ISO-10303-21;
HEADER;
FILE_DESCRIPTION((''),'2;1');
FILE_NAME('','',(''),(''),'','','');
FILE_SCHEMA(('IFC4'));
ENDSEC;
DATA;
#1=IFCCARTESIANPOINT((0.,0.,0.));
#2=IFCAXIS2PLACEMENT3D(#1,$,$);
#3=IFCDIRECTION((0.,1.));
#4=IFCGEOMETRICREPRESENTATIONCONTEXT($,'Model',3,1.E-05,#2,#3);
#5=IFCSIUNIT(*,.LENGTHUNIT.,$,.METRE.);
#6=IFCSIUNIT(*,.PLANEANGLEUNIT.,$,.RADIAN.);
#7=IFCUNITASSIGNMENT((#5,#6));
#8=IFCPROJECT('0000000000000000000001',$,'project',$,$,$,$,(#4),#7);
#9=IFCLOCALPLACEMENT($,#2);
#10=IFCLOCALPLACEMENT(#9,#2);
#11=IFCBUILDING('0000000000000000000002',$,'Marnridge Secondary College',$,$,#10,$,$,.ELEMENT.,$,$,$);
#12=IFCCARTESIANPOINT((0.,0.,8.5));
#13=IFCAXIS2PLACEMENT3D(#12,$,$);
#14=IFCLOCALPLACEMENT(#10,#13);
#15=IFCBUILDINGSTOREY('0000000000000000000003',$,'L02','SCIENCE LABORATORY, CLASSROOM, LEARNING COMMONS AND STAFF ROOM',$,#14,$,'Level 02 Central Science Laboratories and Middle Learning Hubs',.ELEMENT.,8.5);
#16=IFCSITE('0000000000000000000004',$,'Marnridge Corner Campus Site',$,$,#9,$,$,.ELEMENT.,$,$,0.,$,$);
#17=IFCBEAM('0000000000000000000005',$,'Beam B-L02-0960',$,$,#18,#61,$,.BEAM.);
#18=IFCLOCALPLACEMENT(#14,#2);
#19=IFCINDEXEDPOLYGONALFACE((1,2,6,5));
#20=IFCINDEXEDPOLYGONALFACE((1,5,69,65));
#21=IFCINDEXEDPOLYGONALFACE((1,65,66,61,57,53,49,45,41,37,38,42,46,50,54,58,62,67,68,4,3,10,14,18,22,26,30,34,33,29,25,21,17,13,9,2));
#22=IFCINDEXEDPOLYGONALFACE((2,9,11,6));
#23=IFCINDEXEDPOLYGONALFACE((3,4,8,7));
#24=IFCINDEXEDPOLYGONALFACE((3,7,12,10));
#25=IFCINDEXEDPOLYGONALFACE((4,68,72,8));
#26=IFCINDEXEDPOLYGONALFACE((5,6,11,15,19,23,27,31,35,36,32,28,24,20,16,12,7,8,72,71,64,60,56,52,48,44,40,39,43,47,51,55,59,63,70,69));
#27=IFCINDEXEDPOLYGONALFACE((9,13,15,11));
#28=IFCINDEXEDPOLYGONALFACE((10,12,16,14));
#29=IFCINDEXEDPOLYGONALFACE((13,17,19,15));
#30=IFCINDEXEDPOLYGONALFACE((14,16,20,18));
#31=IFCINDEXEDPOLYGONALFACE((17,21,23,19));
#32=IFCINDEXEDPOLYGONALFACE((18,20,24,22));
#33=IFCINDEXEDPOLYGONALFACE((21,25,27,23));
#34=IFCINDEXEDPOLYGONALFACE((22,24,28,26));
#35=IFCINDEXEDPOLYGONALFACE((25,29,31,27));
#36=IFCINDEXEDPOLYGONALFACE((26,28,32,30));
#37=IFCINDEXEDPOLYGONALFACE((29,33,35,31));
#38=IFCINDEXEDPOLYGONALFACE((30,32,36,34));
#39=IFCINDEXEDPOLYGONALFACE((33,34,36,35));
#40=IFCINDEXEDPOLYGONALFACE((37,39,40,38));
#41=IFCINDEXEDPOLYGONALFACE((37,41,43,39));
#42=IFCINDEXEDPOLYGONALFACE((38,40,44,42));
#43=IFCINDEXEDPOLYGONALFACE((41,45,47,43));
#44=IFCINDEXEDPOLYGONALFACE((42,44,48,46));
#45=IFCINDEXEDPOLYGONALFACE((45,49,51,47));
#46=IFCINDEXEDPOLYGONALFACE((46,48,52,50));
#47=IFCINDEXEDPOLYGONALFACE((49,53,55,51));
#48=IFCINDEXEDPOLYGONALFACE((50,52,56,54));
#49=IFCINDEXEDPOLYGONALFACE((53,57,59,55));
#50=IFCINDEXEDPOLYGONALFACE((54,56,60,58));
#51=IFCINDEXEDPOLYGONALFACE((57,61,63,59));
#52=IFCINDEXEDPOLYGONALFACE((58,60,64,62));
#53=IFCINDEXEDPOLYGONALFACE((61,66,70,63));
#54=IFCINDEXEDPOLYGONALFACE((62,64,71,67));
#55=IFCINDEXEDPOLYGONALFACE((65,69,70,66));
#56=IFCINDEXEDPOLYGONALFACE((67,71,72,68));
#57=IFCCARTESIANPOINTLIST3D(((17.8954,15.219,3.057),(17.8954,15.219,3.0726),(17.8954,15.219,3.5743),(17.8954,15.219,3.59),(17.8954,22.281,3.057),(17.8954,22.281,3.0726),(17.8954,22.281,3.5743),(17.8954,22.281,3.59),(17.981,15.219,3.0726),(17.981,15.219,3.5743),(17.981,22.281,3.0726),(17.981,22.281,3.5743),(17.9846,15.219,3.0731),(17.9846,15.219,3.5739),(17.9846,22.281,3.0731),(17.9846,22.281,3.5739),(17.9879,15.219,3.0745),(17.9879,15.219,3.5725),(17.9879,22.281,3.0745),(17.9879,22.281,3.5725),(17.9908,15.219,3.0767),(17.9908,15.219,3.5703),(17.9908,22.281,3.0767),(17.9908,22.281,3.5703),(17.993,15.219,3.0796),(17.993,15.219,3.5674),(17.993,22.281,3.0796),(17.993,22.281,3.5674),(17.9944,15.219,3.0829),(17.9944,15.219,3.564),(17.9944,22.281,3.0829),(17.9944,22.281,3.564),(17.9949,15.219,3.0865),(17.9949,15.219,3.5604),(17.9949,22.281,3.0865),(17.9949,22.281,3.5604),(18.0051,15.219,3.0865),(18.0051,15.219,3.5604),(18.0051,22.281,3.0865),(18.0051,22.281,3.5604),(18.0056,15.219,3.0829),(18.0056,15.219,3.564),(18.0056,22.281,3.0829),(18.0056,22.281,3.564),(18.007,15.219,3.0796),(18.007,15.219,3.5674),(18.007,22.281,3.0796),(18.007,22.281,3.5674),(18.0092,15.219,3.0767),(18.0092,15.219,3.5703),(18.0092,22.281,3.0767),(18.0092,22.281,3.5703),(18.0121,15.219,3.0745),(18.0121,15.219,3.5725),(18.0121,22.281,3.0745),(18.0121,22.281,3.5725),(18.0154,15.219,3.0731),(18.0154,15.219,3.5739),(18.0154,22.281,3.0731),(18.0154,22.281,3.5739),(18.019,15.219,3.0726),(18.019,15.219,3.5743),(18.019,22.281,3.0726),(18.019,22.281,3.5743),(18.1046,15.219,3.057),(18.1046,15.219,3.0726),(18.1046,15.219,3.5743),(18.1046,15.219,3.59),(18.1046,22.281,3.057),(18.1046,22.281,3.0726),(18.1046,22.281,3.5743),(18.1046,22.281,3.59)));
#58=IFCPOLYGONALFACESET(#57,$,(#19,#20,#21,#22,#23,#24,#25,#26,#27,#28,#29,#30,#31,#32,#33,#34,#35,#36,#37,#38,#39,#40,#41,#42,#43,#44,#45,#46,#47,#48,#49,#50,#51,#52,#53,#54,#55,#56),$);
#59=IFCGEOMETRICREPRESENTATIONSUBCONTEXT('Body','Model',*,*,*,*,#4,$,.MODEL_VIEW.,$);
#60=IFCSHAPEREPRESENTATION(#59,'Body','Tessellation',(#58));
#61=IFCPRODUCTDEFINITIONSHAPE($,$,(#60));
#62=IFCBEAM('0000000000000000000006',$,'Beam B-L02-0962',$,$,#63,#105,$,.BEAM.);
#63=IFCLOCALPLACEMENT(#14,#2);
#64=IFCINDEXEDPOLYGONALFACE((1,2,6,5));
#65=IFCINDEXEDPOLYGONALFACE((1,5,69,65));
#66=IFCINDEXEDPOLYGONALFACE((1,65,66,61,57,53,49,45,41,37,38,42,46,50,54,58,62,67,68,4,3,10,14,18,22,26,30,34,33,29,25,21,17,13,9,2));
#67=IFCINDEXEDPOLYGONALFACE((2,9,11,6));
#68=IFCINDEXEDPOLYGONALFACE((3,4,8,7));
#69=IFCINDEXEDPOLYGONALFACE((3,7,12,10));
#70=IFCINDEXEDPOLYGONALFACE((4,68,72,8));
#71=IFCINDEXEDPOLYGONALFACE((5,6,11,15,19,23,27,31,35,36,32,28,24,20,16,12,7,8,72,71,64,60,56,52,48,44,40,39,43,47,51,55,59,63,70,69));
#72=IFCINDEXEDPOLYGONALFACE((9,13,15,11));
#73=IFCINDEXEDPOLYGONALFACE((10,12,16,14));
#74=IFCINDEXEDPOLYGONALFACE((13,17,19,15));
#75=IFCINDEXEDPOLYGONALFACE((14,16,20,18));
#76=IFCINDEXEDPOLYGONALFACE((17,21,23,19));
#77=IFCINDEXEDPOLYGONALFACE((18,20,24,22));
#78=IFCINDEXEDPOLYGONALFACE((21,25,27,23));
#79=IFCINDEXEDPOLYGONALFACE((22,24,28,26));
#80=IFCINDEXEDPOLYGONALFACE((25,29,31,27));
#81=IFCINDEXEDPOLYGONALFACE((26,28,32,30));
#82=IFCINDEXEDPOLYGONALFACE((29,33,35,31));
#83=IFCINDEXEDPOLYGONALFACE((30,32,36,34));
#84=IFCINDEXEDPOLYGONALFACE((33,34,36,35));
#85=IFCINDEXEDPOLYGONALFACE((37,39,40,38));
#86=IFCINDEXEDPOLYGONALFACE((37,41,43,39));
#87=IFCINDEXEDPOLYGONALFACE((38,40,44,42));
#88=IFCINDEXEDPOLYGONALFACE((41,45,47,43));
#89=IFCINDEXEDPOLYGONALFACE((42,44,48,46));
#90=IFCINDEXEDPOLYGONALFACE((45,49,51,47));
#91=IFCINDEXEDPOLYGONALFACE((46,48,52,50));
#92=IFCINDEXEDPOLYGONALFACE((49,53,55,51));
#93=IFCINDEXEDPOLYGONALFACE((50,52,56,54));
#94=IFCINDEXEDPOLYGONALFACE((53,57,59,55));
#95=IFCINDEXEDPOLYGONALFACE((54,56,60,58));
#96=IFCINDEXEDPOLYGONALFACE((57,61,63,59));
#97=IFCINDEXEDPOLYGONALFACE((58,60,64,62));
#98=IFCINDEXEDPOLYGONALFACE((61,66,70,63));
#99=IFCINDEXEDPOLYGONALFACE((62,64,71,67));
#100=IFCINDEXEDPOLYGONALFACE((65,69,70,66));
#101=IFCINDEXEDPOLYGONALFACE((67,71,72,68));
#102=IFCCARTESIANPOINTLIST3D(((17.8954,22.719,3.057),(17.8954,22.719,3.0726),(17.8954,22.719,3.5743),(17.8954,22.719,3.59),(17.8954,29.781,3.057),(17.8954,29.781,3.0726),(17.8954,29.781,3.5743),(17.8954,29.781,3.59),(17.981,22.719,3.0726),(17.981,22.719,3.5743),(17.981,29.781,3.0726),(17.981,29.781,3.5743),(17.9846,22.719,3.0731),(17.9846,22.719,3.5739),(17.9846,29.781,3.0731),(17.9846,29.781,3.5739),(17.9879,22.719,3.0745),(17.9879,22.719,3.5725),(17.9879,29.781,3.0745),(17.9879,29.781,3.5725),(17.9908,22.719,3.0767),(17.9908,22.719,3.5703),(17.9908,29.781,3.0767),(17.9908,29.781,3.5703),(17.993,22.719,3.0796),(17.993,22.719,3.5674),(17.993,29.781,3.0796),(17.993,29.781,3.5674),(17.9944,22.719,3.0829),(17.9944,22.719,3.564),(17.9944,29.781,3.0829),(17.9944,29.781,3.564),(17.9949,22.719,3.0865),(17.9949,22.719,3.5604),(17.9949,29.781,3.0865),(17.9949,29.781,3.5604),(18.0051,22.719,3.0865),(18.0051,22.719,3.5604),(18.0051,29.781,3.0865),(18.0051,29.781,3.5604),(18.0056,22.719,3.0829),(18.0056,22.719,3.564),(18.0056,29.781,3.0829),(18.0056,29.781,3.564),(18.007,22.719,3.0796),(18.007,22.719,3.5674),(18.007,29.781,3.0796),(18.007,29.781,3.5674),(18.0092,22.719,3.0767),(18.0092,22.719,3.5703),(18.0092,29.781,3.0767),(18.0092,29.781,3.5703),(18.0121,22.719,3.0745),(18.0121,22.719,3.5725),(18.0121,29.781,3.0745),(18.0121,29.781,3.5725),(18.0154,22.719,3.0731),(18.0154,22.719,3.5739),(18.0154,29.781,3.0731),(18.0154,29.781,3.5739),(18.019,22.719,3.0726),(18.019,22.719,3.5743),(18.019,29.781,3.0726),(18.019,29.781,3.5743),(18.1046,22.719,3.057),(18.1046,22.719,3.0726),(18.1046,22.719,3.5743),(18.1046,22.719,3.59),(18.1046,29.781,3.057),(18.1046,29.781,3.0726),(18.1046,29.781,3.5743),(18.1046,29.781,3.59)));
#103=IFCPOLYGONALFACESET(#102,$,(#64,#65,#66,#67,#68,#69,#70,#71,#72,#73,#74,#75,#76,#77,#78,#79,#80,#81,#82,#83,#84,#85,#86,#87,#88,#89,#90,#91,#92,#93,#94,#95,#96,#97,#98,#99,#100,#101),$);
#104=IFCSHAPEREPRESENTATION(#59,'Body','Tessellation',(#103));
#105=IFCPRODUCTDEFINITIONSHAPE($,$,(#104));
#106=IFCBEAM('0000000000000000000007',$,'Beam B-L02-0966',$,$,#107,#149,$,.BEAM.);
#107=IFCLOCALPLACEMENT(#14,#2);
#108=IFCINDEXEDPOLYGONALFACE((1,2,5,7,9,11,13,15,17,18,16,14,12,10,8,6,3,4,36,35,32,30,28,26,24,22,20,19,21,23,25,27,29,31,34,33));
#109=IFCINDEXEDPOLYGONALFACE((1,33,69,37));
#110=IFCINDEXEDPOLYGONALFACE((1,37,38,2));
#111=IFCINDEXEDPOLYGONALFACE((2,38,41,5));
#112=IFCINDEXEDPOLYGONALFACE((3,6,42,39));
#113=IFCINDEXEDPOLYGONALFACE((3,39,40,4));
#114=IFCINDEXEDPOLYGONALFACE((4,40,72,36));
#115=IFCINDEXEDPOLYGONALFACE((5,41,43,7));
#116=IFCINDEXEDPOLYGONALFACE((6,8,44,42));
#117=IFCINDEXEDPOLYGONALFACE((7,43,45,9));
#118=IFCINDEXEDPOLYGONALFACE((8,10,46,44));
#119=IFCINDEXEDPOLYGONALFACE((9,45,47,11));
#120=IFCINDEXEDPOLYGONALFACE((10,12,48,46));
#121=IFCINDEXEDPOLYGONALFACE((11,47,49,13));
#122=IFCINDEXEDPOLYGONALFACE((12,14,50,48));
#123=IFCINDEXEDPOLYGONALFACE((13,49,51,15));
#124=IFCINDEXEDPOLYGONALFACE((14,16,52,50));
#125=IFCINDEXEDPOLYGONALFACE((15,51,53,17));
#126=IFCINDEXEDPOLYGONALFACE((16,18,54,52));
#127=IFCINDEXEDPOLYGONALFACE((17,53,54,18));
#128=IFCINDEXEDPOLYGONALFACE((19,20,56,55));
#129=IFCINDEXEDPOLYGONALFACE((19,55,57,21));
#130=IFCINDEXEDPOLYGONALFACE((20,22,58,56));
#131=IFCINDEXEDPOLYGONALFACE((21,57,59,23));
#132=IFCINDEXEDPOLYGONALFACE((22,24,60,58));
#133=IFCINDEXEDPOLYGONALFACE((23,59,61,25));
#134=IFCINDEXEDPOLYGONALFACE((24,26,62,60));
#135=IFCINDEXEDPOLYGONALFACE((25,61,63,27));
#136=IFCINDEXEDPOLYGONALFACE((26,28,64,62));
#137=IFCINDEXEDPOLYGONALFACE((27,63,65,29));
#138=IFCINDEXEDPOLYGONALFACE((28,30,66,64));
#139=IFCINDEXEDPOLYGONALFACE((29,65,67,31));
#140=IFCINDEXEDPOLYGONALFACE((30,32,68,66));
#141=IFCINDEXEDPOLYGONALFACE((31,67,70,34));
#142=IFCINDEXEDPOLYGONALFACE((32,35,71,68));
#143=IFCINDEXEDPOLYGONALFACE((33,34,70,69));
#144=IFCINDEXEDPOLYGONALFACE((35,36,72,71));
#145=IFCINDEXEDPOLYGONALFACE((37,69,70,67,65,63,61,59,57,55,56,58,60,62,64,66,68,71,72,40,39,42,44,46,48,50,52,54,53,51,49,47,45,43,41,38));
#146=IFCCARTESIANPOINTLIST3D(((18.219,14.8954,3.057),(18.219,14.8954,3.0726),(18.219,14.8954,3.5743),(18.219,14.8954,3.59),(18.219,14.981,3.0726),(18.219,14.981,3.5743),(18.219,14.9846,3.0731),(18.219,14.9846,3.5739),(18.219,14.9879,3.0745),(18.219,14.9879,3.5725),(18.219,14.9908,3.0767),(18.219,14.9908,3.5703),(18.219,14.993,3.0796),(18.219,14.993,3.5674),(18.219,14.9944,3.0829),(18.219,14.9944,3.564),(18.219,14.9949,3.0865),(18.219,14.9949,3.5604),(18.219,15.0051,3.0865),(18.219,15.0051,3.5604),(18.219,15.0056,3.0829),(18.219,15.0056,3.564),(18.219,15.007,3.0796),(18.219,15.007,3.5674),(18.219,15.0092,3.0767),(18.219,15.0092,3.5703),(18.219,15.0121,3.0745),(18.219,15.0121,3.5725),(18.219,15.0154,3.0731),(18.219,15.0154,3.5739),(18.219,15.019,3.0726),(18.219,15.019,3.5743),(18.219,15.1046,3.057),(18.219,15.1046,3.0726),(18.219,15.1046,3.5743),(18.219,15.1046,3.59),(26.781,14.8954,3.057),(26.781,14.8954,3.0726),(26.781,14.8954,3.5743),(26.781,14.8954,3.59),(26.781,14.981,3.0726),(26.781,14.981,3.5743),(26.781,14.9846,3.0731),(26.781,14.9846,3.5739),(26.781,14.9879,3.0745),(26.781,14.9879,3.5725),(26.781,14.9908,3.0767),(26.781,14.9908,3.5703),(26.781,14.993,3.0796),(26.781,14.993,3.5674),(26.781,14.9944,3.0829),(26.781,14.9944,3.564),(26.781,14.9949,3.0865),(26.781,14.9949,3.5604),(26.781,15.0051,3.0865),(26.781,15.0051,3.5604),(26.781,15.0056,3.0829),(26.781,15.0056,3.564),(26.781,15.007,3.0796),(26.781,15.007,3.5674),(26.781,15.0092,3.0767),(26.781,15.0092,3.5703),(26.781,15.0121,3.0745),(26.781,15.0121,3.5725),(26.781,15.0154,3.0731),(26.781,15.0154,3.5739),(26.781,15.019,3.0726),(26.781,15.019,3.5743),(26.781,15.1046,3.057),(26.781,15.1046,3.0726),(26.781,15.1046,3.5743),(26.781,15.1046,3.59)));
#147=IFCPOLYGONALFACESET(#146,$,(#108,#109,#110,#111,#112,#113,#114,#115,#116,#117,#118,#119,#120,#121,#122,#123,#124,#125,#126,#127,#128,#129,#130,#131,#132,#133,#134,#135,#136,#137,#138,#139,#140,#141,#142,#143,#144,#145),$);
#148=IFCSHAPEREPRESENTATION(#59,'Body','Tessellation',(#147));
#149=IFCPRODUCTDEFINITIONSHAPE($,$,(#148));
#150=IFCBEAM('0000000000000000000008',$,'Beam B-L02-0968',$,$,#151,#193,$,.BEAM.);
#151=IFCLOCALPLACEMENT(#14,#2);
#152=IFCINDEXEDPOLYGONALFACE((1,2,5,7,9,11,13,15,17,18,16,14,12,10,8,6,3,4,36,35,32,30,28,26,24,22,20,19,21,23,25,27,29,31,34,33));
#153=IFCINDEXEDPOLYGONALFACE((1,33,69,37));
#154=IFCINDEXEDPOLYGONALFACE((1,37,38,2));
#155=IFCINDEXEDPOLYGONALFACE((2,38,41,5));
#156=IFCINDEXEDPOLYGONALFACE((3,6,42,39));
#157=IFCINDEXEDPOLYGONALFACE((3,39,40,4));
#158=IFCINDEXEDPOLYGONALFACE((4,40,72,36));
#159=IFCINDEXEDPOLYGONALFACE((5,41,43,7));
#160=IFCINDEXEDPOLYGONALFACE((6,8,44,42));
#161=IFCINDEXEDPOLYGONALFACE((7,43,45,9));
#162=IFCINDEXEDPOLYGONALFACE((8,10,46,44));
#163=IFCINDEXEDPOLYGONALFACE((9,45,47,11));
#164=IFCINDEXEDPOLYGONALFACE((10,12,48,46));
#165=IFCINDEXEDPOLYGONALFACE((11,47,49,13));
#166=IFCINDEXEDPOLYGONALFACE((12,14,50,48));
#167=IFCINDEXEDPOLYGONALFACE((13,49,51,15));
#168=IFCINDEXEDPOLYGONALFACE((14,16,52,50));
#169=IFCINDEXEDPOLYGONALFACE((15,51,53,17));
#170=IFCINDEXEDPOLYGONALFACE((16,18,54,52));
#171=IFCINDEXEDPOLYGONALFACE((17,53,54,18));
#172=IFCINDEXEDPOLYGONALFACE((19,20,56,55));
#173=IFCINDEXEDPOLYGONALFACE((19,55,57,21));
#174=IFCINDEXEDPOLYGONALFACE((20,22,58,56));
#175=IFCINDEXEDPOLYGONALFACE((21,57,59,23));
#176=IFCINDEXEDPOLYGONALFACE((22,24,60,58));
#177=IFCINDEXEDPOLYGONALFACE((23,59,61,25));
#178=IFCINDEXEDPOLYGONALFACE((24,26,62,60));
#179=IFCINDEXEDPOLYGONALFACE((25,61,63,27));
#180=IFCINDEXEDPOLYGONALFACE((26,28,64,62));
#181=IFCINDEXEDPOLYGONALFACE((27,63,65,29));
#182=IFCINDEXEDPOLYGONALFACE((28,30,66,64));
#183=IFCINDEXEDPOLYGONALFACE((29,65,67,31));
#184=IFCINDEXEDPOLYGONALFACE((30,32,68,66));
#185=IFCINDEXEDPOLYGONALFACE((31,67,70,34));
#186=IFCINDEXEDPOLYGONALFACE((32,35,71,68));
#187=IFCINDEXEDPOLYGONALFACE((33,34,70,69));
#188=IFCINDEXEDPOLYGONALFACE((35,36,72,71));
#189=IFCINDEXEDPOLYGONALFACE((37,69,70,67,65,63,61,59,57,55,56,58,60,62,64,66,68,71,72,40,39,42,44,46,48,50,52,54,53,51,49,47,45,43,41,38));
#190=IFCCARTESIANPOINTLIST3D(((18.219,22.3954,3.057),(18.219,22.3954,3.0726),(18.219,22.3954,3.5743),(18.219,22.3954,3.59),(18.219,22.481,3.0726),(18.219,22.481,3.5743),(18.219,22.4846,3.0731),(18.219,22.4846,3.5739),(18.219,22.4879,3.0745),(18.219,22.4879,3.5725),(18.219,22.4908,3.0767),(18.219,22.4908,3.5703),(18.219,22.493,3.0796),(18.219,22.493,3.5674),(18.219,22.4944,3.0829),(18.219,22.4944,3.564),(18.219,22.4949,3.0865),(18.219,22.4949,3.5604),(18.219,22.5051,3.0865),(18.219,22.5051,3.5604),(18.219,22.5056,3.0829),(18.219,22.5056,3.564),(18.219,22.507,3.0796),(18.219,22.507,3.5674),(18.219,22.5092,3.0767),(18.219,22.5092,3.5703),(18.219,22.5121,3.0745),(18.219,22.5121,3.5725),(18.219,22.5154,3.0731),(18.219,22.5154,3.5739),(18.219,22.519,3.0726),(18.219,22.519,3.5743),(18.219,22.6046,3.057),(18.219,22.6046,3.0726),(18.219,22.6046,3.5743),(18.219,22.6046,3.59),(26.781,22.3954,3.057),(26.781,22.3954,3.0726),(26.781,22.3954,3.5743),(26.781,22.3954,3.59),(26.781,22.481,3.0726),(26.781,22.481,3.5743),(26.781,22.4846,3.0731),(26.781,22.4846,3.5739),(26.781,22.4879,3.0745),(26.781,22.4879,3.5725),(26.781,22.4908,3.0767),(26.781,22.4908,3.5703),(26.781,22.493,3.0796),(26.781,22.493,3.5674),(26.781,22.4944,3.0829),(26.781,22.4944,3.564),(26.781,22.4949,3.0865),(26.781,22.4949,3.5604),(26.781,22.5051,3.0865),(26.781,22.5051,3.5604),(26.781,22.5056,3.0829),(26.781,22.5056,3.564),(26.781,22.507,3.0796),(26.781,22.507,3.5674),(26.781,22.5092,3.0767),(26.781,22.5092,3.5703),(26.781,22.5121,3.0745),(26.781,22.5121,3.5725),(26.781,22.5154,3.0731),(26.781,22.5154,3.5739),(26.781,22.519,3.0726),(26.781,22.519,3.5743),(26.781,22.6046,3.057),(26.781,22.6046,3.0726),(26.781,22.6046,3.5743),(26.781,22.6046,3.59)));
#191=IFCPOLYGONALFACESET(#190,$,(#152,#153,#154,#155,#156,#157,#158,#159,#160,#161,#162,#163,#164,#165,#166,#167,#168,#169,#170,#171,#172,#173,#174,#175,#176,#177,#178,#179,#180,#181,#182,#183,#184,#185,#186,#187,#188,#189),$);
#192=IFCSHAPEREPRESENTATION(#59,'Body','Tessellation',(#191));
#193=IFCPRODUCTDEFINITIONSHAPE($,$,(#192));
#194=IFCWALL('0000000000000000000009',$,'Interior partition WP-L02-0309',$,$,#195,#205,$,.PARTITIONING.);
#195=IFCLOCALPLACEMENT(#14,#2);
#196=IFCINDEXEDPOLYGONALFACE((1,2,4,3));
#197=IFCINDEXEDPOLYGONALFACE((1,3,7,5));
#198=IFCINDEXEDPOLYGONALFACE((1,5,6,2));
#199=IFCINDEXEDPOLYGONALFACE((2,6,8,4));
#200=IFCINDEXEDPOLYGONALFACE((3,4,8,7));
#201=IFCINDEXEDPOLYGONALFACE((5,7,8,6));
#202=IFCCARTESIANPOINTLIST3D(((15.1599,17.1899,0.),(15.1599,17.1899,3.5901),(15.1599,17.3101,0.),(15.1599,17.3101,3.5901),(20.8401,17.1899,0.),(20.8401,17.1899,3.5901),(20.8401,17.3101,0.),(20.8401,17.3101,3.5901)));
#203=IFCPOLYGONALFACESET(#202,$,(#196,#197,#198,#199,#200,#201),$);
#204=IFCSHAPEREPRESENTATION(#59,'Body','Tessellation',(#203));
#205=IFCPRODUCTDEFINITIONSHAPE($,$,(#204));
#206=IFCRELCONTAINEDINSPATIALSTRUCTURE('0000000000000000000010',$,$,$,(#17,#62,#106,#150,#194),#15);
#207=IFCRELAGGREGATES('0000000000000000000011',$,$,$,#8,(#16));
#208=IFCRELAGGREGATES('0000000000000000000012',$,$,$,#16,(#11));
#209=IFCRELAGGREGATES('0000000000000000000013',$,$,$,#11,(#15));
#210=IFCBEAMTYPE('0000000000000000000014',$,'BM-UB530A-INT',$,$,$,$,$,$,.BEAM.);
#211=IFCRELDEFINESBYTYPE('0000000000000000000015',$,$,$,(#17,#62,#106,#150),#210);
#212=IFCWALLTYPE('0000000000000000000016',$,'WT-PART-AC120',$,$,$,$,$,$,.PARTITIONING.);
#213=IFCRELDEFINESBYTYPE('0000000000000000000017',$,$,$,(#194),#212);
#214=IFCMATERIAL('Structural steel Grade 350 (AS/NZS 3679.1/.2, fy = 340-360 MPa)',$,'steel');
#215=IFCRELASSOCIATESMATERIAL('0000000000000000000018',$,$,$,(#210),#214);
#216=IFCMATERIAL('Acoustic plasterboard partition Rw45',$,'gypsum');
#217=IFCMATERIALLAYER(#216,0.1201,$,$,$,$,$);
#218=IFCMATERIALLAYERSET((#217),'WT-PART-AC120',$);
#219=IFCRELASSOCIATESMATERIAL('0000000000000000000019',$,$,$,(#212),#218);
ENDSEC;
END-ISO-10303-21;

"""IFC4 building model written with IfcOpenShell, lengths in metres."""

from ifc_helpers import new_model, si_unit, direction, frame, frame_2d, origin, origin_2d, place, context, subcontext, project, spatial, rectangle, i_section, extrude, material, layer, layer_set, material_profile, profile_set, type_object, element, save


model = new_model("IFC4")

# Units and contexts
model_context = context("Model", 3, precision=1e-05, world=origin(), true_north=direction((0.0, 1.0)))
body_context = subcontext(model_context, "Body", "Model", "MODEL_VIEW")
ifc_project = project(units=[si_unit("LENGTHUNIT", "METRE"), si_unit("PLANEANGLEUNIT", "RADIAN")], contexts=[model_context])

# Site, building, storey
site_placement = place(None, origin())
site = spatial("IfcSite", under=ifc_project, at=site_placement, Name="Marnridge Corner Campus Site", CompositionType="ELEMENT", RefElevation=0.0)
building_placement = place(site_placement, origin())
building = spatial("IfcBuilding", under=site, at=building_placement, Name="Marnridge Secondary College", CompositionType="ELEMENT")
storey_placement = place(building_placement, frame((0.0, 0.0, 8.5)))
storey = spatial("IfcBuildingStorey", under=building, at=storey_placement, Name="L02", Description="SCIENCE LABORATORY, CLASSROOM, LEARNING COMMONS AND STAFF ROOM", LongName="Level 02 Central Science Laboratories and Middle Learning Hubs", CompositionType="ELEMENT", Elevation=8.5)

# Beams
ifc_material_1 = material(Name="Structural steel Grade 350 (AS/NZS 3679.1/.2, fy = 340-360 MPa)", Category="steel")
ifc_material_profile_1 = material_profile(ifc_material_1, i_section(OverallWidth=0.2092, OverallDepth=0.533, WebThickness=0.0103, FlangeThickness=0.0156, FilletRadius=0.0139, at=origin_2d()), Name="530UB92.4")
ifc_profile_set_1 = profile_set([ifc_material_profile_1], Name="Structural steel Grade 350 (AS/NZS 3679.1/.2, fy = 340-360 MPa)")
beam_type_1 = type_object("IfcBeamType", Name="BM-UB530A-INT", PredefinedType="BEAM", material=ifc_profile_set_1)
for number, where, z_axis, x_axis, name in (
    (1, (18.0, 15.219, 3.3235), (0.0, 1.0, 0.0), (-1.0, 0.0, 0.0), "Beam B-L02-0960"),
    (2, (18.0, 22.719, 3.3235), (0.0, 1.0, 0.0), (-1.0, 0.0, 0.0), "Beam B-L02-0962"),
):
    element("IfcBeam", number, at=place(storey_placement, frame(where, z_axis=z_axis, x_axis=x_axis)), inside=storey, type_object=beam_type_1, Name=name, PredefinedType="BEAM", context=body_context, shape_type="SweptSolid", body=[
        extrude(i_section(OverallWidth=0.2092, OverallDepth=0.533, WebThickness=0.0103, FlangeThickness=0.0156, FilletRadius=0.0139, at=origin_2d()), origin(), (0.0, 0.0, 1.0), 7.062),
    ])
for number, where, z_axis, x_axis, name in (
    (3, (18.219, 15.0, 3.3235), (1.0, 0.0, 0.0), (0.0, 1.0, 0.0), "Beam B-L02-0966"),
    (4, (18.219, 22.5, 3.3235), (1.0, 0.0, 0.0), (0.0, 1.0, 0.0), "Beam B-L02-0968"),
):
    element("IfcBeam", number, at=place(storey_placement, frame(where, z_axis=z_axis, x_axis=x_axis)), inside=storey, type_object=beam_type_1, Name=name, PredefinedType="BEAM", context=body_context, shape_type="SweptSolid", body=[
        extrude(i_section(OverallWidth=0.2092, OverallDepth=0.533, WebThickness=0.0103, FlangeThickness=0.0156, FilletRadius=0.0139, at=origin_2d()), origin(), (0.0, 0.0, 1.0), 8.562),
    ])

# Wall
ifc_material_2 = material(Name="Acoustic plasterboard partition Rw45", Category="gypsum")
ifc_layer_1 = layer(ifc_material_2, 0.1201)
ifc_layer_set_1 = layer_set([ifc_layer_1], Name="WT-PART-AC120")
wall_type_1 = type_object("IfcWallType", Name="WT-PART-AC120", PredefinedType="PARTITIONING", material=ifc_layer_set_1)
wall_1_placement = place(storey_placement, frame((20.8401, 17.25, 0.0), z_axis=(0.0, 0.0, 1.0), x_axis=(-1.0, 0.0, 0.0)))
element("IfcWall", 5, at=wall_1_placement, inside=storey, type_object=wall_type_1, Name="Interior partition WP-L02-0309", PredefinedType="PARTITIONING", context=body_context, shape_type="SweptSolid", body=[
    extrude(rectangle(XDim=5.6802, YDim=0.1201, at=frame_2d((2.8401, 0.0))), origin(), (0.0, 0.0, 1.0), 3.5901),
])

save(model, "model.ifc")
